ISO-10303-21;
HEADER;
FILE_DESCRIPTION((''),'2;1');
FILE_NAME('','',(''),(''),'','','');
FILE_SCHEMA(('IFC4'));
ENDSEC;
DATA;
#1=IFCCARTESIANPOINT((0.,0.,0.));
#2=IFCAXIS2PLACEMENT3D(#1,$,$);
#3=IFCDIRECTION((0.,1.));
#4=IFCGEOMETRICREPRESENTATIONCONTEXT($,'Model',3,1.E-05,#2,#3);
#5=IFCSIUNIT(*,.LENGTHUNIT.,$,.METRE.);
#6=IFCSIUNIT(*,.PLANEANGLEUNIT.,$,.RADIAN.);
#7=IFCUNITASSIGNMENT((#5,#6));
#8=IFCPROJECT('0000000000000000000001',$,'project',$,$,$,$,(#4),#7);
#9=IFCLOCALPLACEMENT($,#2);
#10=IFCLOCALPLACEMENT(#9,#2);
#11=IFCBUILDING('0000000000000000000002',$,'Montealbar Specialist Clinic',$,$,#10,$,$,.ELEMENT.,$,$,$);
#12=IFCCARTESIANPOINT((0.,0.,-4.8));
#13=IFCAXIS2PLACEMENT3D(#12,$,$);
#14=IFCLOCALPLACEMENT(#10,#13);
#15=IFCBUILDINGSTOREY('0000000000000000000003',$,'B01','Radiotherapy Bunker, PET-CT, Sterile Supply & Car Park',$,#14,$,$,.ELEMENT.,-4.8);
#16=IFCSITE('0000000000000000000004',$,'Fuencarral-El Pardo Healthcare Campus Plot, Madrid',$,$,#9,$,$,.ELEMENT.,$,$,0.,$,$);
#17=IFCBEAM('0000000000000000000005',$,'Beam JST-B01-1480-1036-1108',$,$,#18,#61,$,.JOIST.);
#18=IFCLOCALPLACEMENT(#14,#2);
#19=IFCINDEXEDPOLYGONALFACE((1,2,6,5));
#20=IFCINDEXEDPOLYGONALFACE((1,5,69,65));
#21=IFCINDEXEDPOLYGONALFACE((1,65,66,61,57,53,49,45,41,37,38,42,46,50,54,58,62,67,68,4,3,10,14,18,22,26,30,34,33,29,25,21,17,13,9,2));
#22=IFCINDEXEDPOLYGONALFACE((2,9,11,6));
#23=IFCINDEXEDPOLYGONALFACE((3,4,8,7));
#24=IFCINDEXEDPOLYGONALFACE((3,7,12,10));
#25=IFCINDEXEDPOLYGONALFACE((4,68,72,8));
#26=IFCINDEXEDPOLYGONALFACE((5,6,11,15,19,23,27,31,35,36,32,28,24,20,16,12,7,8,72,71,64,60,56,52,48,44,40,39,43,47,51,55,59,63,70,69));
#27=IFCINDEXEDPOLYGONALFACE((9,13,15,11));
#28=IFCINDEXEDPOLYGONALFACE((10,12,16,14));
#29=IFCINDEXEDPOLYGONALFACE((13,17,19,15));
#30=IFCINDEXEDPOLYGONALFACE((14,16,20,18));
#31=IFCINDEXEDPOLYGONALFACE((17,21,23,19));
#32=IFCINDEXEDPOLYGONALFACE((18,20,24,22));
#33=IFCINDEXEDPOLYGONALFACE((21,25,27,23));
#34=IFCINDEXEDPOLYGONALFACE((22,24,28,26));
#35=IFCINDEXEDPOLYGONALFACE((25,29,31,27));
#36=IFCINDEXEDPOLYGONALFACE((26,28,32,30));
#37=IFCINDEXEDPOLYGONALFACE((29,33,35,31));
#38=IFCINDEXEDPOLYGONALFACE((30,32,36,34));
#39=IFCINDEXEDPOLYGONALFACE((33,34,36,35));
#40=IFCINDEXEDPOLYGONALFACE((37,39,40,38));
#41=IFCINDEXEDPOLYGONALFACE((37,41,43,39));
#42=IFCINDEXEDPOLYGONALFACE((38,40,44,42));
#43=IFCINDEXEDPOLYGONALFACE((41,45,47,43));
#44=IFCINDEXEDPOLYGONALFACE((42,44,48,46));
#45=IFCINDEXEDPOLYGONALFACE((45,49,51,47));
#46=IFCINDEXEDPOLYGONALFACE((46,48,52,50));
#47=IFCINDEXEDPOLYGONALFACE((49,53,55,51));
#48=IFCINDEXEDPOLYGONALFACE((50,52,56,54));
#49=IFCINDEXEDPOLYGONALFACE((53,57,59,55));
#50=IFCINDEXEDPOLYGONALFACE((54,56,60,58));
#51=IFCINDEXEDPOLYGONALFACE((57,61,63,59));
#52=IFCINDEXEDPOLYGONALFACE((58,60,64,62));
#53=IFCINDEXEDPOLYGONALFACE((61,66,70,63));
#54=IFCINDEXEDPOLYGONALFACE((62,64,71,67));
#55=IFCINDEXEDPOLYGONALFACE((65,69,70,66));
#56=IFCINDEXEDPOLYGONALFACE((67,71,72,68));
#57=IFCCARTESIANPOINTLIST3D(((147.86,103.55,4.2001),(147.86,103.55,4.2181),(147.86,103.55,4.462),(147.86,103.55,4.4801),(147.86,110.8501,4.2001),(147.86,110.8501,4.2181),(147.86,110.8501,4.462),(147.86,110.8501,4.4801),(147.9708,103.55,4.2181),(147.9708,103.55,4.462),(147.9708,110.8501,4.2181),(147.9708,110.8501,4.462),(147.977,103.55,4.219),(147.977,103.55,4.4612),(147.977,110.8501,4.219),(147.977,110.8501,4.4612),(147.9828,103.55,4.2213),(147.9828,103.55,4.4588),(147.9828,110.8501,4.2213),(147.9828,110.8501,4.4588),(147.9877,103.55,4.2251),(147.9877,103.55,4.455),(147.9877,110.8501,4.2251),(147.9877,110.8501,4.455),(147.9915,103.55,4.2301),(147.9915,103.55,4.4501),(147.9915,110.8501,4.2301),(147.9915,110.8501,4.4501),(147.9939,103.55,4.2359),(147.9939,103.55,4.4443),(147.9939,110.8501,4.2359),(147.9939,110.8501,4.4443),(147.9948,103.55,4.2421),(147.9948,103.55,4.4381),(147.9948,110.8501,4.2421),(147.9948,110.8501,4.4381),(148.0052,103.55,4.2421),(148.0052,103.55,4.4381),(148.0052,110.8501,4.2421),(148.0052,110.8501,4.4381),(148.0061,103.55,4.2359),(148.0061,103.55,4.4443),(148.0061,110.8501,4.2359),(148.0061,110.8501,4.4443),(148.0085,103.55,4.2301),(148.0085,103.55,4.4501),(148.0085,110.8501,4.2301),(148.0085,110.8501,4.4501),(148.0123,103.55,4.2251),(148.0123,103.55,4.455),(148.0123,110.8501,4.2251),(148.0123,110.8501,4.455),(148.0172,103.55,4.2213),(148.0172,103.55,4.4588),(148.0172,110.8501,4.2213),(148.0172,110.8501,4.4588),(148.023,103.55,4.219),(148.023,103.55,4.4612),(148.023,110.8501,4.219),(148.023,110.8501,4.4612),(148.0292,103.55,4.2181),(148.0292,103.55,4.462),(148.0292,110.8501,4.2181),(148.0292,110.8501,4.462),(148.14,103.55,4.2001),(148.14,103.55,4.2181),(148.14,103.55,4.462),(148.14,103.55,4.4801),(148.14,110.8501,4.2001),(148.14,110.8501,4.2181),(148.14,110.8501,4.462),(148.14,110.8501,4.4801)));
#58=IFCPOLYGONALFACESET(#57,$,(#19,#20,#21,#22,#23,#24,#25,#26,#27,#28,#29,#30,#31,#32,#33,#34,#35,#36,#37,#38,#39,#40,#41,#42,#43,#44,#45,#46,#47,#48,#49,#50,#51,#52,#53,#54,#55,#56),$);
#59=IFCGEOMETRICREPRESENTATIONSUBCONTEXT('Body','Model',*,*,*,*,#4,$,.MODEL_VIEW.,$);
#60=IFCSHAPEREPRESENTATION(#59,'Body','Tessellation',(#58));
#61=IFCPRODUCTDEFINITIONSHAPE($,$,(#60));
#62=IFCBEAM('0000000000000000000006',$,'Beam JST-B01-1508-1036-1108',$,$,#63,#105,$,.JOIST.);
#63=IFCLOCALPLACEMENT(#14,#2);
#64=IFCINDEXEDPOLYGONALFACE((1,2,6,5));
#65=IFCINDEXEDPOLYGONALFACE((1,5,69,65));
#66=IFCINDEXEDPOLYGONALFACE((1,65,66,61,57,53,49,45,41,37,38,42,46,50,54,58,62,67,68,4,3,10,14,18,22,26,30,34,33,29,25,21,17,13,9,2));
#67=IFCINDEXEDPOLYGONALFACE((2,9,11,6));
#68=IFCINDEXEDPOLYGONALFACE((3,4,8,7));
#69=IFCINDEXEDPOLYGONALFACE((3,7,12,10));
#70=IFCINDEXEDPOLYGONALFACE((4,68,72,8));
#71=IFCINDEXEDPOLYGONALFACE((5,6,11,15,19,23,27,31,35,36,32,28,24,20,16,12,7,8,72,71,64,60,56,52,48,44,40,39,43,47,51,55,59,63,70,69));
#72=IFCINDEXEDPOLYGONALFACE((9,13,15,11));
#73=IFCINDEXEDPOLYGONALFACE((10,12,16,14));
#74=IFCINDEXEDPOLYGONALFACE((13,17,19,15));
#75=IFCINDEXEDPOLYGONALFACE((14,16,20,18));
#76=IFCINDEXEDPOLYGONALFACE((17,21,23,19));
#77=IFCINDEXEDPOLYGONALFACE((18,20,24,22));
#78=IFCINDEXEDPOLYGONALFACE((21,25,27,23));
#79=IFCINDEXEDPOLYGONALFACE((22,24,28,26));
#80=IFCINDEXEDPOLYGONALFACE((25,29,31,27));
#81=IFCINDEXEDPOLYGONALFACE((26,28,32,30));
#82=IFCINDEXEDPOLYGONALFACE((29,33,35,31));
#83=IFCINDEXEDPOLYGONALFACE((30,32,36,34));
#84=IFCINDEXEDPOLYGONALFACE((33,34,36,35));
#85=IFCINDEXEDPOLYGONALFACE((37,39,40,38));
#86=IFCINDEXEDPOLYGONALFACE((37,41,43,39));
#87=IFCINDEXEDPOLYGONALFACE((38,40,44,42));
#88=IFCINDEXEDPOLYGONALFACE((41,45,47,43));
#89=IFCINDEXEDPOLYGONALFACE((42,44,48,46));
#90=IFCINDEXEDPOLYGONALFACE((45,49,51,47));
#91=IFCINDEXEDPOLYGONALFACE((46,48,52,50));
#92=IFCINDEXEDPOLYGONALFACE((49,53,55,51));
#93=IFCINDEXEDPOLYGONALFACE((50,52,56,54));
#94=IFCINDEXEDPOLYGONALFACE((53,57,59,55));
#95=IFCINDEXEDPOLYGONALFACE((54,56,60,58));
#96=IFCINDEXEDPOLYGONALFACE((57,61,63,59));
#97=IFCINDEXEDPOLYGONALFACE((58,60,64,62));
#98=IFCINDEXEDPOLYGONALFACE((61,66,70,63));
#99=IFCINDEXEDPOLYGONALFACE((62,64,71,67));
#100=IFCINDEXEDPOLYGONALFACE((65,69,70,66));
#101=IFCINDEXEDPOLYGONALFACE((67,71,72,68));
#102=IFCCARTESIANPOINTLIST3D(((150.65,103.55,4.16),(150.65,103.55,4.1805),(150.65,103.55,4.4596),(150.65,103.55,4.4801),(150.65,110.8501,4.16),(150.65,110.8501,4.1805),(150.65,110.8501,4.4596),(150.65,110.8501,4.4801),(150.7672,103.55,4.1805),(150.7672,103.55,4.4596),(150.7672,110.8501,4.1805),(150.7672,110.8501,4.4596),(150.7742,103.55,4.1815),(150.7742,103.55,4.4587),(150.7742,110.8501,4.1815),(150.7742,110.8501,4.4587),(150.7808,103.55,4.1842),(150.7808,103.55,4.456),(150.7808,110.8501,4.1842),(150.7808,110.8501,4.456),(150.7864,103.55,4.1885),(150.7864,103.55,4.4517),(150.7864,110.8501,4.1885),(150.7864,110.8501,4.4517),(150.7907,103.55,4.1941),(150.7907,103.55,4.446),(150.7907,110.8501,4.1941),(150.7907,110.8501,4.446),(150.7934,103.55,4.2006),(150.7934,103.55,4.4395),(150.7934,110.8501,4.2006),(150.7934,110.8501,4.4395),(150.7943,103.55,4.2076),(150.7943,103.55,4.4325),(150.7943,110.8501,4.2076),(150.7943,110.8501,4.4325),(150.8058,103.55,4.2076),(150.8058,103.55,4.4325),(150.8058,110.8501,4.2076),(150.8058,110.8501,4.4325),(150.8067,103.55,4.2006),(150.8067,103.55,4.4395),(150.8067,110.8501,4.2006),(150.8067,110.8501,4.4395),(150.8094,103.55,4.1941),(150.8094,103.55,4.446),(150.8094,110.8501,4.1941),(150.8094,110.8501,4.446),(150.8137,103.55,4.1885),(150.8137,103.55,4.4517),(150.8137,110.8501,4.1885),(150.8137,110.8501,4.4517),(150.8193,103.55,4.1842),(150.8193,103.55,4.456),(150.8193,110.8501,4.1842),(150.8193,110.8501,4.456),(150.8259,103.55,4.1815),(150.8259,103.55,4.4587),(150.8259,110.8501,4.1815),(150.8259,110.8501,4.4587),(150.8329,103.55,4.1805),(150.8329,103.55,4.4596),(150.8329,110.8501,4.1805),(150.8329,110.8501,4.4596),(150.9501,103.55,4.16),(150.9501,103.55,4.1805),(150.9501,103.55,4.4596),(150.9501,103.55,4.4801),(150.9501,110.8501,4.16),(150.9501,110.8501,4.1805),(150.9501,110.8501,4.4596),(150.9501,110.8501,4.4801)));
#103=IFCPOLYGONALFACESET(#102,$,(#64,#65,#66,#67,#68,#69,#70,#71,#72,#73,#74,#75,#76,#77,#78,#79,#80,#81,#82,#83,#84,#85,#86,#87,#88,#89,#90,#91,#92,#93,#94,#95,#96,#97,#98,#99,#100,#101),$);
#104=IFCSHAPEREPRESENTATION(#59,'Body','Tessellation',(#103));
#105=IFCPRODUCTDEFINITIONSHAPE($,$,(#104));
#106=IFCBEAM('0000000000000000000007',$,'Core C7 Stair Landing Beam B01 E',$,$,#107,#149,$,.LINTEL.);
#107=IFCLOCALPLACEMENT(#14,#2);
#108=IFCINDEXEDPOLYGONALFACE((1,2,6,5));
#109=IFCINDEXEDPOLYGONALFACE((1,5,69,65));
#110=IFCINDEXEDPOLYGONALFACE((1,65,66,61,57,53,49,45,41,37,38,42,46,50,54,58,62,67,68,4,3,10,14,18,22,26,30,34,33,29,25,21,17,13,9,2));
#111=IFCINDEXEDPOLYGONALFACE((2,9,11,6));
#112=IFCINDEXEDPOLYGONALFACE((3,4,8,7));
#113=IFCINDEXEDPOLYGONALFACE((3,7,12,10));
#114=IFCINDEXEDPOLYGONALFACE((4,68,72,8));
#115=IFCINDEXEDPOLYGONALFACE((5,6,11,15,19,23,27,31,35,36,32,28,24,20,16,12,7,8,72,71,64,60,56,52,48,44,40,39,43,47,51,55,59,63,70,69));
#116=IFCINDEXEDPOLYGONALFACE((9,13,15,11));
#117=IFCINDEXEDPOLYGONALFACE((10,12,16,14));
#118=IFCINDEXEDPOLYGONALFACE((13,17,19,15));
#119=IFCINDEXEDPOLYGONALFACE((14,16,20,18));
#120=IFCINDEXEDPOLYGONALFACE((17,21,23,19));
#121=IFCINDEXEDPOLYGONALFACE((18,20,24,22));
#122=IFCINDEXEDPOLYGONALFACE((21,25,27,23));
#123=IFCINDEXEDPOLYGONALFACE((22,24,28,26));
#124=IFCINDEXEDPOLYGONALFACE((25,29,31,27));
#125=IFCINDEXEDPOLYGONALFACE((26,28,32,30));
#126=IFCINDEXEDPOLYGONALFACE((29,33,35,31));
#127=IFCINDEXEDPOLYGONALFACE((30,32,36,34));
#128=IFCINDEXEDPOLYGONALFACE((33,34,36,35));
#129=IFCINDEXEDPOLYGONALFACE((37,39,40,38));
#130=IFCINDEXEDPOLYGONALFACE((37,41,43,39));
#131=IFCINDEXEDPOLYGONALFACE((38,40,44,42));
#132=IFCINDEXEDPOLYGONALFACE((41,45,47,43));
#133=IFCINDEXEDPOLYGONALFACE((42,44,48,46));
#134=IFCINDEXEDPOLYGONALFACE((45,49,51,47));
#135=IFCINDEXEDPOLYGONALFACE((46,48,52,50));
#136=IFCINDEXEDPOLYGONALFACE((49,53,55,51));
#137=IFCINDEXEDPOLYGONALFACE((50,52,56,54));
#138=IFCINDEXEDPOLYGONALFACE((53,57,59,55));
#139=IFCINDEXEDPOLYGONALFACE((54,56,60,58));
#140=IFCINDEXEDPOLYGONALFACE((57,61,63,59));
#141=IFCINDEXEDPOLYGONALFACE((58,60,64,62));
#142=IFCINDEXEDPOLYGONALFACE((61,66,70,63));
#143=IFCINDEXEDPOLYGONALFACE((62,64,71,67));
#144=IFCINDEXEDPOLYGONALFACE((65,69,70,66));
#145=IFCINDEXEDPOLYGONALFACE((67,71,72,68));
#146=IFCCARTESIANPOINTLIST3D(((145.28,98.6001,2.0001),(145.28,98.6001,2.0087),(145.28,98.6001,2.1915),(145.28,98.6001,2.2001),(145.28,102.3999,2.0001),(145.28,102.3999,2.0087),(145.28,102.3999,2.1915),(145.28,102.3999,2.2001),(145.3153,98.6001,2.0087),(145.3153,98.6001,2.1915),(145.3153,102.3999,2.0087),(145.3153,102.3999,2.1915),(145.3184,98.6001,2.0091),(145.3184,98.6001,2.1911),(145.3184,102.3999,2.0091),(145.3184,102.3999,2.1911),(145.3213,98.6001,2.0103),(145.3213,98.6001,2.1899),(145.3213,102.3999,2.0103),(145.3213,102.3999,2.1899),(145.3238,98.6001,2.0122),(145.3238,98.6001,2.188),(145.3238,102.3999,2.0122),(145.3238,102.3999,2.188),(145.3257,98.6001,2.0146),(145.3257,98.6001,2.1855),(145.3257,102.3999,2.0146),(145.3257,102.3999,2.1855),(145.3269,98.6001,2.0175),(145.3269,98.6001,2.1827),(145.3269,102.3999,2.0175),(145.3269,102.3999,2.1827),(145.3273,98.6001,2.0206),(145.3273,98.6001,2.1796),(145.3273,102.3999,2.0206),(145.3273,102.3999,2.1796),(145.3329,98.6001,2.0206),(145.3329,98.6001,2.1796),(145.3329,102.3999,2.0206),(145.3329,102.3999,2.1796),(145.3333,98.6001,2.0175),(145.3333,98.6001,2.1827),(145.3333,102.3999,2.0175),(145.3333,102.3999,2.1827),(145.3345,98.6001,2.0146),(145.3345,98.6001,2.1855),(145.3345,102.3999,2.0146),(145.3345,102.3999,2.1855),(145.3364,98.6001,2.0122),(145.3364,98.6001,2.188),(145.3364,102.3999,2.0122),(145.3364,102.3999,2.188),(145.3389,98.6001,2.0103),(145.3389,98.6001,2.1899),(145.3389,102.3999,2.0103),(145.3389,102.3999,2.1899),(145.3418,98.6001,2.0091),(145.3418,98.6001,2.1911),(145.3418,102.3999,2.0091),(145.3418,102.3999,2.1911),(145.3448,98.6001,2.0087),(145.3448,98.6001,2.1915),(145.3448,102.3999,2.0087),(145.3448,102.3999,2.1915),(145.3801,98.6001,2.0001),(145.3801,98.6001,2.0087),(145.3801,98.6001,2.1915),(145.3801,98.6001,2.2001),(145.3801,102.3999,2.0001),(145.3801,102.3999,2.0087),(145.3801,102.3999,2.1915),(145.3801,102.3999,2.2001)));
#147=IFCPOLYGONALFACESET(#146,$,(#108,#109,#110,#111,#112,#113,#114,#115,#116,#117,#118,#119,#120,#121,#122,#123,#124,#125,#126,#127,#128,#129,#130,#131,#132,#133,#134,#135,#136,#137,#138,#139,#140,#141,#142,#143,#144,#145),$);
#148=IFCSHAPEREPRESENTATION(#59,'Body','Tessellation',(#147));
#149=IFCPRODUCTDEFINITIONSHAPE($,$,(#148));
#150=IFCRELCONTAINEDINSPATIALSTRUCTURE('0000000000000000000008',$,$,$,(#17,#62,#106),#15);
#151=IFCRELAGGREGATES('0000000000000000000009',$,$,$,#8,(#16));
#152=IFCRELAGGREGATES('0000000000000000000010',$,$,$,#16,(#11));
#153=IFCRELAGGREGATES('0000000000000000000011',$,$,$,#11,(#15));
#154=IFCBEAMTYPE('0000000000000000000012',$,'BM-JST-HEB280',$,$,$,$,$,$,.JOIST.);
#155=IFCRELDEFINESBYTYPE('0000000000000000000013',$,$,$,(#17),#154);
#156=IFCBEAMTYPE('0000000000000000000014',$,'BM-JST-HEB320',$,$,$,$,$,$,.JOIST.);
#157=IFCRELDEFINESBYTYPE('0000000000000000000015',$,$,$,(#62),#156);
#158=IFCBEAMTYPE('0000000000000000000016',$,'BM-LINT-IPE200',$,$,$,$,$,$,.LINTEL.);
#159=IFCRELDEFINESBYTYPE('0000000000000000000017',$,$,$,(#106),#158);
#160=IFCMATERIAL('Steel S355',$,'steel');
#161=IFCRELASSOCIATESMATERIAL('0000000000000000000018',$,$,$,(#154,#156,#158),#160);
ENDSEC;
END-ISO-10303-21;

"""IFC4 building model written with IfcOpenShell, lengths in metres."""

from ifc_helpers import new_model, si_unit, direction, frame, origin, origin_2d, place, context, subcontext, project, spatial, i_section, extrude, material, material_profile, profile_set, type_object, element, save


model = new_model("IFC4")

# Units and contexts
model_context = context("Model", 3, precision=1e-05, world=origin(), true_north=direction((0.0, 1.0)))
body_context = subcontext(model_context, "Body", "Model", "MODEL_VIEW")
ifc_project = project(units=[si_unit("LENGTHUNIT", "METRE"), si_unit("PLANEANGLEUNIT", "RADIAN")], contexts=[model_context])

# Site, building, storey
site_placement = place(None, origin())
site = spatial("IfcSite", under=ifc_project, at=site_placement, Name="Fuencarral-El Pardo Healthcare Campus Plot, Madrid", CompositionType="ELEMENT", RefElevation=0.0)
building_placement = place(site_placement, origin())
building = spatial("IfcBuilding", under=site, at=building_placement, Name="Montealbar Specialist Clinic", CompositionType="ELEMENT")
storey_placement = place(building_placement, frame((0.0, 0.0, -4.8)))
storey = spatial("IfcBuildingStorey", under=building, at=storey_placement, Name="B01", Description="Radiotherapy Bunker, PET-CT, Sterile Supply & Car Park", CompositionType="ELEMENT", Elevation=-4.8)

# Shared definitions
ifc_material_1 = material(Name="Steel S355", Category="steel")

# Beams
ifc_material_profile_1 = material_profile(ifc_material_1, i_section(OverallWidth=0.28, OverallDepth=0.28, WebThickness=0.0105, FlangeThickness=0.0181, FilletRadius=0.0239, at=origin_2d()), Name="HEB 280", Category="steel")
ifc_profile_set_1 = profile_set([ifc_material_profile_1], Name="Steel S355")
beam_type_1 = type_object("IfcBeamType", Name="BM-JST-HEB280", PredefinedType="JOIST", material=ifc_profile_set_1)
beam_1_placement = place(storey_placement, frame((148.0, 103.55, 4.3401), z_axis=(0.0, 1.0, 0.0), x_axis=(-1.0, 0.0, 0.0)))
element("IfcBeam", 1, at=beam_1_placement, inside=storey, type_object=beam_type_1, Name="Beam JST-B01-1480-1036-1108", PredefinedType="JOIST", context=body_context, shape_type="SweptSolid", body=[
    extrude(i_section(OverallWidth=0.28, OverallDepth=0.28, WebThickness=0.0105, FlangeThickness=0.0181, FilletRadius=0.0239, at=origin_2d()), origin(), (0.0, 0.0, 1.0), 7.3),
])
ifc_material_profile_2 = material_profile(ifc_material_1, i_section(OverallWidth=0.3, OverallDepth=0.3201, WebThickness=0.0115, FlangeThickness=0.0205, FilletRadius=0.0271, at=origin_2d()), Name="HEB 320", Category="steel")
ifc_profile_set_2 = profile_set([ifc_material_profile_2], Name="Steel S355")
beam_type_2 = type_object("IfcBeamType", Name="BM-JST-HEB320", PredefinedType="JOIST", material=ifc_profile_set_2)
beam_2_placement = place(storey_placement, frame((150.8, 103.55, 4.3201), z_axis=(0.0, 1.0, 0.0), x_axis=(-1.0, 0.0, 0.0)))
element("IfcBeam", 2, at=beam_2_placement, inside=storey, type_object=beam_type_2, Name="Beam JST-B01-1508-1036-1108", PredefinedType="JOIST", context=body_context, shape_type="SweptSolid", body=[
    extrude(i_section(OverallWidth=0.3, OverallDepth=0.3201, WebThickness=0.0115, FlangeThickness=0.0205, FilletRadius=0.0271, at=origin_2d()), origin(), (0.0, 0.0, 1.0), 7.3),
])
ifc_material_profile_3 = material_profile(ifc_material_1, i_section(OverallWidth=0.1001, OverallDepth=0.2, WebThickness=0.0056, FlangeThickness=0.0085, FilletRadius=0.012, at=origin_2d()), Name="IPE 200", Category="steel")
ifc_profile_set_3 = profile_set([ifc_material_profile_3], Name="Steel S355")
beam_type_3 = type_object("IfcBeamType", Name="BM-LINT-IPE200", PredefinedType="LINTEL", material=ifc_profile_set_3)
beam_3_placement = place(storey_placement, frame((145.3301, 98.6001, 2.1001), z_axis=(0.0, 1.0, 0.0), x_axis=(-1.0, 0.0, 0.0)))
element("IfcBeam", 3, at=beam_3_placement, inside=storey, type_object=beam_type_3, Name="Core C7 Stair Landing Beam B01 E", PredefinedType="LINTEL", context=body_context, shape_type="SweptSolid", body=[
    extrude(i_section(OverallWidth=0.1001, OverallDepth=0.2, WebThickness=0.0056, FlangeThickness=0.0085, FilletRadius=0.012, at=origin_2d()), origin(), (0.0, 0.0, 1.0), 3.7998),
])

save(model, "model.ifc")
